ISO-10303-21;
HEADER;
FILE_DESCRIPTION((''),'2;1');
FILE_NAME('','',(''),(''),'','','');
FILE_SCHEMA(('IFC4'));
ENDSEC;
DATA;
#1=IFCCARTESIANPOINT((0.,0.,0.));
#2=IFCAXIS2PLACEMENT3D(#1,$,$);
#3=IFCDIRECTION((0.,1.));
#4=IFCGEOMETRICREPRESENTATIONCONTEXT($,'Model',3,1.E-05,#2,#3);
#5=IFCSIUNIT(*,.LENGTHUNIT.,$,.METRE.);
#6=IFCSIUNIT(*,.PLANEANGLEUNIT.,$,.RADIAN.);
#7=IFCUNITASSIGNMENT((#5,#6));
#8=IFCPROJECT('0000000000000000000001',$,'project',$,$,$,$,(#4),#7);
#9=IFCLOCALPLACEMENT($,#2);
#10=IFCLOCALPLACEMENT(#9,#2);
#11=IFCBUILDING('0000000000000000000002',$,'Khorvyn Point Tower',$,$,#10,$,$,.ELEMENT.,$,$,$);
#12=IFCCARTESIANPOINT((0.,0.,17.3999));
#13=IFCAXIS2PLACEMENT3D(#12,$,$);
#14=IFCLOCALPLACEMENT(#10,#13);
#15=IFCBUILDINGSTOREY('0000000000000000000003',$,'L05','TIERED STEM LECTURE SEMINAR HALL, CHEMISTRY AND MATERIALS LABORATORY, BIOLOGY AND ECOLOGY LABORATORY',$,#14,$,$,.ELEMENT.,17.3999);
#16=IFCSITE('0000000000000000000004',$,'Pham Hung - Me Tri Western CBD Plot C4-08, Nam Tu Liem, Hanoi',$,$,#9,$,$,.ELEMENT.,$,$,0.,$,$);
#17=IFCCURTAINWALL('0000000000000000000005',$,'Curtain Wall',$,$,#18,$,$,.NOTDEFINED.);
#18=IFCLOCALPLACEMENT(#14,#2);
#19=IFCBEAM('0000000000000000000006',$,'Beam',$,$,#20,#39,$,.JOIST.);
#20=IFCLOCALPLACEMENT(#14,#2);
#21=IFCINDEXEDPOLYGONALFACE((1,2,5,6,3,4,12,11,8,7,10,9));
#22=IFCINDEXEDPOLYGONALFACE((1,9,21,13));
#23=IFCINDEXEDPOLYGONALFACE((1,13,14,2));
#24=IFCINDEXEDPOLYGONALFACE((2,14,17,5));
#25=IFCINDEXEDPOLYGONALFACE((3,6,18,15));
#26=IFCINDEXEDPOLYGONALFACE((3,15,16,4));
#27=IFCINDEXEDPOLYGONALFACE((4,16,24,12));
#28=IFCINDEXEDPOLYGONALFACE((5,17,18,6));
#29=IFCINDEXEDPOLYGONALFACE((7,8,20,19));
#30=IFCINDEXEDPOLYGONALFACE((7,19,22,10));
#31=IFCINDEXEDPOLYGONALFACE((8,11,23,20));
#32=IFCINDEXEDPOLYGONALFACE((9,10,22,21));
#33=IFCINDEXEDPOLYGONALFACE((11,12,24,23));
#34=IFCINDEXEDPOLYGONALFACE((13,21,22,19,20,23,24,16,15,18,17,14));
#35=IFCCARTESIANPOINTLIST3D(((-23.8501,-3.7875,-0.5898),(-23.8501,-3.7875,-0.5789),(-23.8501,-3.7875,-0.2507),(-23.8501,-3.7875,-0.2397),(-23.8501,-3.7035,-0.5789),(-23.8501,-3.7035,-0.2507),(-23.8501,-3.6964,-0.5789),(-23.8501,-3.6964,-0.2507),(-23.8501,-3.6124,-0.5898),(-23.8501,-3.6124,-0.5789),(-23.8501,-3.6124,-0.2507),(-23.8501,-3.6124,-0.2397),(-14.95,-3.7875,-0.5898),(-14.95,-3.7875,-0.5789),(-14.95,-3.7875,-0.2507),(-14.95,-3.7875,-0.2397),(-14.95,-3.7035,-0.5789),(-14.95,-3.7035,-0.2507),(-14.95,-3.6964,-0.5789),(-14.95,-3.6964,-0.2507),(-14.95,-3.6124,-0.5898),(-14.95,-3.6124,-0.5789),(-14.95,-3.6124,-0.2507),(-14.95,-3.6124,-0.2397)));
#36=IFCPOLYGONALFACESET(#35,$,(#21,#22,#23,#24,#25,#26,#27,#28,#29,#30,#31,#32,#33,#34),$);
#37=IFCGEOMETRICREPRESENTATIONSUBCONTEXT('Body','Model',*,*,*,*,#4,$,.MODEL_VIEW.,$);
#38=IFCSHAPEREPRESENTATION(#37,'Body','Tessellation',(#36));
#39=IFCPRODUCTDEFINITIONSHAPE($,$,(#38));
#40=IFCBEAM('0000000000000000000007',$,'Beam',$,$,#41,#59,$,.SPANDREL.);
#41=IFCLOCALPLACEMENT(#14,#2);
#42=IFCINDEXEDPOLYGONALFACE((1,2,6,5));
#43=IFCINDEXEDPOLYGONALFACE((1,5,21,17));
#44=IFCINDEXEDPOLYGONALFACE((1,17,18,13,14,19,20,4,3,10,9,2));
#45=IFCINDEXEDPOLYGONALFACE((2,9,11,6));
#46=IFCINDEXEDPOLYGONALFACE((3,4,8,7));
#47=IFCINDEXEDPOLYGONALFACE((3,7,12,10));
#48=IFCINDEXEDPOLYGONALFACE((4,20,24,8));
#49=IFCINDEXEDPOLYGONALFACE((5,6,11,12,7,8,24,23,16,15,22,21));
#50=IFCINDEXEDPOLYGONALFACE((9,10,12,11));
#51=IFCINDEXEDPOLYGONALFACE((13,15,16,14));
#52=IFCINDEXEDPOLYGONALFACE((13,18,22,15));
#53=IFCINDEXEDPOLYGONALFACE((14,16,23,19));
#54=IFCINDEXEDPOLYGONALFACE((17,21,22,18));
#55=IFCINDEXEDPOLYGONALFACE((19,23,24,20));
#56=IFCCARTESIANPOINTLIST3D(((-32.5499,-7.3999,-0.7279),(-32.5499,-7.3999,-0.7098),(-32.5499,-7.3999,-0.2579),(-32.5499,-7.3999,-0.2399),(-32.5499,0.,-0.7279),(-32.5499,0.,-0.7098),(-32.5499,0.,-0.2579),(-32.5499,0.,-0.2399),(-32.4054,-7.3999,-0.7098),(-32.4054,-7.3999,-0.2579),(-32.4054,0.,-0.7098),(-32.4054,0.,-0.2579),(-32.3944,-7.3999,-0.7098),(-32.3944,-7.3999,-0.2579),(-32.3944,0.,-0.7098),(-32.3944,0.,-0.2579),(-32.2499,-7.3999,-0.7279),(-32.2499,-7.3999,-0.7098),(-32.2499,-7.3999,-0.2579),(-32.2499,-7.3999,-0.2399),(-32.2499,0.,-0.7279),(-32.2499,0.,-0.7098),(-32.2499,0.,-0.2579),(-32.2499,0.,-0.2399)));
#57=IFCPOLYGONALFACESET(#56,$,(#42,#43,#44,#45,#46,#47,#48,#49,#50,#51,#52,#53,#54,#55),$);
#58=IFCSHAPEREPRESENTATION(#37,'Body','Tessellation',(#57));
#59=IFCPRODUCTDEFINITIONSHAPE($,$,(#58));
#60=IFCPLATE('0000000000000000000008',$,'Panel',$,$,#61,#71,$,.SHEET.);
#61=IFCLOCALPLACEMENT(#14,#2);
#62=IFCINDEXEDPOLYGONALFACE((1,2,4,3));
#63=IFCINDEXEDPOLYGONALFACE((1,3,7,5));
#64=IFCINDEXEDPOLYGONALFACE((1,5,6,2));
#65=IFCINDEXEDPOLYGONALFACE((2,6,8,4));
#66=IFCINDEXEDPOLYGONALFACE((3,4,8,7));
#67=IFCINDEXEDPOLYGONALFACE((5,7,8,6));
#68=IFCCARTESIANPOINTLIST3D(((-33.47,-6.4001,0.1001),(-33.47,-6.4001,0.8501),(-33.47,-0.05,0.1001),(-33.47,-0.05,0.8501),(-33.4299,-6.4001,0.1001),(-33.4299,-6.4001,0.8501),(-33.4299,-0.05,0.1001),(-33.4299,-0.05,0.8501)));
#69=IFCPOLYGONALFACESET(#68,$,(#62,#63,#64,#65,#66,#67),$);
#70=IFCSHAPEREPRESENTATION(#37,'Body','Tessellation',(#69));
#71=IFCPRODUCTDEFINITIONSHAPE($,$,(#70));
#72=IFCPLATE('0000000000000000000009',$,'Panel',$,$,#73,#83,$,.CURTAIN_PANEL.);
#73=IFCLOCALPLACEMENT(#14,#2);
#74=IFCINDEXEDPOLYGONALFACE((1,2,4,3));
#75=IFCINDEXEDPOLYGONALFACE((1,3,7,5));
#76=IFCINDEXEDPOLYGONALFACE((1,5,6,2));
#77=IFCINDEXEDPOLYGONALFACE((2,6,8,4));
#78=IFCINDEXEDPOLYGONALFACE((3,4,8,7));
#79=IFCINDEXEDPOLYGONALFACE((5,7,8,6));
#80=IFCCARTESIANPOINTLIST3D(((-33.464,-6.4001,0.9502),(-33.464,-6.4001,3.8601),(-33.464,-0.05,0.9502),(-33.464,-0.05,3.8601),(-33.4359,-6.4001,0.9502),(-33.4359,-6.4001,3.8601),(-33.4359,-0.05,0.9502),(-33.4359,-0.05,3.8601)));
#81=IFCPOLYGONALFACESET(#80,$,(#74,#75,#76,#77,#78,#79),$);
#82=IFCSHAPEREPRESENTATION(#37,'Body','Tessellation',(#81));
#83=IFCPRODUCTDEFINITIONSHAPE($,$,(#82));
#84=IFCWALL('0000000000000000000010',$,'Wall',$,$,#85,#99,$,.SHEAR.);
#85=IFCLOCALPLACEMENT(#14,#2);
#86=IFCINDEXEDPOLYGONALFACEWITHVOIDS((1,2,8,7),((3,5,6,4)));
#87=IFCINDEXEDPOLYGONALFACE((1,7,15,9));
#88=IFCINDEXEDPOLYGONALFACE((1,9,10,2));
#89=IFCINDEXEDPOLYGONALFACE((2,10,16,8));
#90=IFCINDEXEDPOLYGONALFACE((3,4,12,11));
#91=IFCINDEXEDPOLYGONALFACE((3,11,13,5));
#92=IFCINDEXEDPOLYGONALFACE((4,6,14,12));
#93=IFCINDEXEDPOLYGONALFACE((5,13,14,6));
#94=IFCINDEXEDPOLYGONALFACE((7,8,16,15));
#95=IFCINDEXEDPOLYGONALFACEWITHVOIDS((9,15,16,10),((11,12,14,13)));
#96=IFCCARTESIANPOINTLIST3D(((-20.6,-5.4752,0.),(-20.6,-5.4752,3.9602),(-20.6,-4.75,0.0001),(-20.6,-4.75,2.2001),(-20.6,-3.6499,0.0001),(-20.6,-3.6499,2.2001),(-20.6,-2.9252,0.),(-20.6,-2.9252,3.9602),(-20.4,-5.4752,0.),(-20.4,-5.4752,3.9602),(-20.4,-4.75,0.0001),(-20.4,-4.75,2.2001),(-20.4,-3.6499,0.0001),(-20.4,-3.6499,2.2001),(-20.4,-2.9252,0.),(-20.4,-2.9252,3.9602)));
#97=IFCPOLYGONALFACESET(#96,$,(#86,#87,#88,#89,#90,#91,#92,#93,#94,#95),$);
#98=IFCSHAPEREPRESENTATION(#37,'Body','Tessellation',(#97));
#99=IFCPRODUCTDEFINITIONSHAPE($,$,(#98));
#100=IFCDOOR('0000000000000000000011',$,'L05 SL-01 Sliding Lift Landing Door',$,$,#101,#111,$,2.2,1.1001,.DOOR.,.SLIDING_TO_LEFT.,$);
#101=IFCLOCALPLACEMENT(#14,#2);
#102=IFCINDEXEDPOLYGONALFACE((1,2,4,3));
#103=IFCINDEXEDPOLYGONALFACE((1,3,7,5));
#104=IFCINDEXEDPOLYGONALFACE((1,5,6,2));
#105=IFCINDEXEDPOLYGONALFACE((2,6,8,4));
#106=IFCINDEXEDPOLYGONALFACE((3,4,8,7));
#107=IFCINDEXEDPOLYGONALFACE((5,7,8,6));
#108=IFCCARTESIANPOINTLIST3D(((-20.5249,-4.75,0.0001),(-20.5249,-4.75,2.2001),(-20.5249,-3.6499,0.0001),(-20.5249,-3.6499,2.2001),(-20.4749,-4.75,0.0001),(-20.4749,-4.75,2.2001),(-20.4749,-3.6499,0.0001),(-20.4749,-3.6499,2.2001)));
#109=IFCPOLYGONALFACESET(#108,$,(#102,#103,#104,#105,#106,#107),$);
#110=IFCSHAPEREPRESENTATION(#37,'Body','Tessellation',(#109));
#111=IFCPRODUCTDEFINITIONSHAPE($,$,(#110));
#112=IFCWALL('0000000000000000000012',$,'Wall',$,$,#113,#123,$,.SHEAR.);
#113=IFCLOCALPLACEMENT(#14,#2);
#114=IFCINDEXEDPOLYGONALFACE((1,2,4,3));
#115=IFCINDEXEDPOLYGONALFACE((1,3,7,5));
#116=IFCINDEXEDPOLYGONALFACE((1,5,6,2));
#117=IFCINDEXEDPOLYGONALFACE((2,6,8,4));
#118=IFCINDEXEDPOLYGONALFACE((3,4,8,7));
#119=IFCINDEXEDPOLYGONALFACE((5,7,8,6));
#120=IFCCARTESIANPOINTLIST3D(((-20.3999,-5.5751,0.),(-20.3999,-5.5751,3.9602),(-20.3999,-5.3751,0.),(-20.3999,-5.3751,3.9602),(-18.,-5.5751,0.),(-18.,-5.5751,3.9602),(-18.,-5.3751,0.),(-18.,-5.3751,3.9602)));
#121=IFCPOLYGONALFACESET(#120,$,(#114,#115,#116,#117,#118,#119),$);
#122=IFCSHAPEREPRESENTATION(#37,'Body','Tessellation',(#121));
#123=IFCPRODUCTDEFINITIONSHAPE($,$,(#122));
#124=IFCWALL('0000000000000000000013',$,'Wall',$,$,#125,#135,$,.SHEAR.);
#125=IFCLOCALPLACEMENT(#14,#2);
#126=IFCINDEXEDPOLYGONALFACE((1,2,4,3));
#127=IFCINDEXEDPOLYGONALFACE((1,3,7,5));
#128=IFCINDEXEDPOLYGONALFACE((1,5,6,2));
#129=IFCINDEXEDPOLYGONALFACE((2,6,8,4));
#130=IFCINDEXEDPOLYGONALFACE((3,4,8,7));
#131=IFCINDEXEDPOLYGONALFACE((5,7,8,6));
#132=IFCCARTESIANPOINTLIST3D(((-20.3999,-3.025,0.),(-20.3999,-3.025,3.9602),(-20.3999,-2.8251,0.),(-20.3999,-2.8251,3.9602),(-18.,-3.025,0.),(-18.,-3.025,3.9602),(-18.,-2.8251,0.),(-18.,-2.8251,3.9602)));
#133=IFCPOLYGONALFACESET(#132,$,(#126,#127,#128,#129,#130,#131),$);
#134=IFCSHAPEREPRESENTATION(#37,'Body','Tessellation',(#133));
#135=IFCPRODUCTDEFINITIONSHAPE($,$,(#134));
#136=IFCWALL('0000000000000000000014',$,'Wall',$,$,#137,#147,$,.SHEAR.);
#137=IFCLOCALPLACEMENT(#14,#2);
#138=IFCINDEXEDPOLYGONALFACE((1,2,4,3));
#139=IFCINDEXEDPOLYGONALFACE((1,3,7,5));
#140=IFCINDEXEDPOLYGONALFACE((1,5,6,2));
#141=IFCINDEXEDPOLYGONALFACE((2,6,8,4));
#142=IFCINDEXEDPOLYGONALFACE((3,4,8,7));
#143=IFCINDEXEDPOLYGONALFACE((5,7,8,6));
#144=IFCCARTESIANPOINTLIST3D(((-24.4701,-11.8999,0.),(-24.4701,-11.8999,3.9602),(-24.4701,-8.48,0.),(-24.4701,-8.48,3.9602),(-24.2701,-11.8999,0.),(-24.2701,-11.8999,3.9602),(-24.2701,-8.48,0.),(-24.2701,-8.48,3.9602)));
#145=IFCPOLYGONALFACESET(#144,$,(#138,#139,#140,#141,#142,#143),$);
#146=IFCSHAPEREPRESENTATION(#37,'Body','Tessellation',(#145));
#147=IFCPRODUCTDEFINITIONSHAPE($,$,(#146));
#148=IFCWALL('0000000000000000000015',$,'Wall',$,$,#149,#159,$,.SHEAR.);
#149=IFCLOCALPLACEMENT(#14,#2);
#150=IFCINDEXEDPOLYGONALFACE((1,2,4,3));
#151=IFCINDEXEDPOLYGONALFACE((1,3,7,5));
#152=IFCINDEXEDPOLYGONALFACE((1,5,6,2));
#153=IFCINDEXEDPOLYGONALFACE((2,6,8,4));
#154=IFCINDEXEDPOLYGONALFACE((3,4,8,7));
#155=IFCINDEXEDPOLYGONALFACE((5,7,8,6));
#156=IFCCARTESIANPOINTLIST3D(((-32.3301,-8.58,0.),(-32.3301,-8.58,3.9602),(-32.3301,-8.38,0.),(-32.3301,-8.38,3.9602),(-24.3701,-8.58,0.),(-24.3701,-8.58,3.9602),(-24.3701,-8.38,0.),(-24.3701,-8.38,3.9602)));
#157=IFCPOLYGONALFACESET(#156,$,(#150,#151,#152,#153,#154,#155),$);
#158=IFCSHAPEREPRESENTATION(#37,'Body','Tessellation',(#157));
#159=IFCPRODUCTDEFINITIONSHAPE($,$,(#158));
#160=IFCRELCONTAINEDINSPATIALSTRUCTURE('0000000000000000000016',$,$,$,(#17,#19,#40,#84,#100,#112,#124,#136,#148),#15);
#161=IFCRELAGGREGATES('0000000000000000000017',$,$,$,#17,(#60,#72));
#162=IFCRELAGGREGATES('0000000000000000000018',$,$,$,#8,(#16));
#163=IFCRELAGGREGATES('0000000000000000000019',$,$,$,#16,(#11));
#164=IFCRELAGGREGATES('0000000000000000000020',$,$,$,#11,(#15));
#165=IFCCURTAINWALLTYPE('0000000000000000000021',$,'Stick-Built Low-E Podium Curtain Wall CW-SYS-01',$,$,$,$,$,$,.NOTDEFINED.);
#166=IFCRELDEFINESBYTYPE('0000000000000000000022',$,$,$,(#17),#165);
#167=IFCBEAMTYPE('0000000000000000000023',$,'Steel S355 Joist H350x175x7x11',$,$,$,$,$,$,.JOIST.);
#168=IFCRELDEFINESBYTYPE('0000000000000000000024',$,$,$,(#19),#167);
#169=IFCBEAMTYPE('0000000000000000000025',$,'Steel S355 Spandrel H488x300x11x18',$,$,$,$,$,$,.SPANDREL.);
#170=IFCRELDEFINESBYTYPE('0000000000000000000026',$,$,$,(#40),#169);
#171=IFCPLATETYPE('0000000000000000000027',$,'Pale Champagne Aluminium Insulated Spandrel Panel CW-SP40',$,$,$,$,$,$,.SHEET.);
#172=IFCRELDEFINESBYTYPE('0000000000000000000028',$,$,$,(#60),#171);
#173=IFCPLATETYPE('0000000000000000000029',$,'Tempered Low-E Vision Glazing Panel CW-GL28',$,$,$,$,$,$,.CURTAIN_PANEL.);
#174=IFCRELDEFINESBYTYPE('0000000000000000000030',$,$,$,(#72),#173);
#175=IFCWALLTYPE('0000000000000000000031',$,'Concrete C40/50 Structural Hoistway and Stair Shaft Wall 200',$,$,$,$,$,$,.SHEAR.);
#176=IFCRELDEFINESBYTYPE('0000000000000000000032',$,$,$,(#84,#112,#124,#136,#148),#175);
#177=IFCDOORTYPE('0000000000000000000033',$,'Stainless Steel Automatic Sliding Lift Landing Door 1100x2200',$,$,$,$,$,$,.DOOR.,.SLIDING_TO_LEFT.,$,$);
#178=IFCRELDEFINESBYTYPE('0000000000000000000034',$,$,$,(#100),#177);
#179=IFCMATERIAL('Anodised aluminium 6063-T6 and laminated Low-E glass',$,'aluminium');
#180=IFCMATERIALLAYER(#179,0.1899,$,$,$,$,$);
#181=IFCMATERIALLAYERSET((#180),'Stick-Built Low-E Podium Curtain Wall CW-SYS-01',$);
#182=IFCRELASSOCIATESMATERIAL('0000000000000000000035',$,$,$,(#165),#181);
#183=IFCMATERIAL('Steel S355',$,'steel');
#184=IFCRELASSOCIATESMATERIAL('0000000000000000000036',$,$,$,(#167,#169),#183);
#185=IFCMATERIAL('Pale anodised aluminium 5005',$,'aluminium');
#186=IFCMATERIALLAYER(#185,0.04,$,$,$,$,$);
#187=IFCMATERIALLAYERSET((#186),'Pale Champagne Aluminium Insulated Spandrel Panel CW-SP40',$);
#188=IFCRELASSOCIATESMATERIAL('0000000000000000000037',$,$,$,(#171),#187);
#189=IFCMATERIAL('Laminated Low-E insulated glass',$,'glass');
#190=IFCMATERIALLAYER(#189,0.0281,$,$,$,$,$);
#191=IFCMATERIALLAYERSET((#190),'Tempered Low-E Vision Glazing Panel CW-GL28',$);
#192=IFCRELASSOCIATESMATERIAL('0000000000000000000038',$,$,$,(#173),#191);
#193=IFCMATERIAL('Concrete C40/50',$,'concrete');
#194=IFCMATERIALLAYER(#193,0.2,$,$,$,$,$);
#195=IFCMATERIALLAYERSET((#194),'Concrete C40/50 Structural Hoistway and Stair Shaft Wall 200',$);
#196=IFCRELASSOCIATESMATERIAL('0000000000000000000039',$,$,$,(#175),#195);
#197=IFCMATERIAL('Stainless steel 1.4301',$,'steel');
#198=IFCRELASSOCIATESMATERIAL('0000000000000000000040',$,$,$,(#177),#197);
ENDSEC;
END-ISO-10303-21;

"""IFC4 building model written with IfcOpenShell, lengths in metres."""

from ifc_helpers import new_model, si_unit, direction, frame, frame_2d, origin, origin_2d, place, context, subcontext, project, spatial, rectangle, i_section, extrude, material, layer, layer_set, material_profile, profile_set, type_object, element, fill, aggregate, save


model = new_model("IFC4")

# Units and contexts
model_context = context("Model", 3, precision=1e-05, world=origin(), true_north=direction((0.0, 1.0)))
body_context = subcontext(model_context, "Body", "Model", "MODEL_VIEW")
ifc_project = project(units=[si_unit("LENGTHUNIT", "METRE"), si_unit("PLANEANGLEUNIT", "RADIAN")], contexts=[model_context])

# Site, building, storey
site_placement = place(None, origin())
site = spatial("IfcSite", under=ifc_project, at=site_placement, Name="Pham Hung - Me Tri Western CBD Plot C4-08, Nam Tu Liem, Hanoi", CompositionType="ELEMENT", RefElevation=0.0)
building_placement = place(site_placement, origin())
building = spatial("IfcBuilding", under=site, at=building_placement, Name="Khorvyn Point Tower", CompositionType="ELEMENT")
storey_placement = place(building_placement, frame((0.0, 0.0, 17.3999)))
storey = spatial("IfcBuildingStorey", under=building, at=storey_placement, Name="L05", Description="TIERED STEM LECTURE SEMINAR HALL, CHEMISTRY AND MATERIALS LABORATORY, BIOLOGY AND ECOLOGY LABORATORY", CompositionType="ELEMENT", Elevation=17.3999)

# Shared definitions
ifc_material_1 = material(Name="Concrete C40/50", Category="concrete")

# Curtain wall
ifc_material_2 = material(Name="Anodised aluminium 6063-T6 and laminated Low-E glass", Category="aluminium")
ifc_layer_1 = layer(ifc_material_2, 0.1899)
ifc_layer_set_1 = layer_set([ifc_layer_1], Name="Stick-Built Low-E Podium Curtain Wall CW-SYS-01")
curtain_wall_type = type_object("IfcCurtainWallType", Name="Stick-Built Low-E Podium Curtain Wall CW-SYS-01", PredefinedType="NOTDEFINED", material=ifc_layer_set_1)
curtain_wall_placement = place(storey_placement, origin())
curtain_wall = element("IfcCurtainWall", 1, at=curtain_wall_placement, inside=storey, type_object=curtain_wall_type, Name="Curtain Wall", PredefinedType="NOTDEFINED")

# Beams
ifc_material_3 = material(Name="Steel S355", Category="steel")
ifc_material_profile_1 = material_profile(ifc_material_3, i_section(OverallWidth=0.175, OverallDepth=0.3501, WebThickness=0.0071, FlangeThickness=0.011, at=origin_2d()))
ifc_profile_set_1 = profile_set([ifc_material_profile_1], Name="Steel S355 H350x175x7x11")
beam_type_1 = type_object("IfcBeamType", Name="Steel S355 Joist H350x175x7x11", PredefinedType="JOIST", material=ifc_profile_set_1)
beam_1_placement = place(storey_placement, frame((-23.8501, -3.7, -0.4148), z_axis=(1.0, 0.0, 0.0), x_axis=(0.0, 1.0, 0.0)))
element("IfcBeam", 2, at=beam_1_placement, inside=storey, type_object=beam_type_1, Name="Beam", PredefinedType="JOIST", context=body_context, shape_type="SweptSolid", body=[
    extrude(i_section(OverallWidth=0.175, OverallDepth=0.3501, WebThickness=0.0071, FlangeThickness=0.011, at=origin_2d()), origin(), (0.0, 0.0, 1.0), 8.9001),
])
ifc_material_profile_2 = material_profile(ifc_material_3, i_section(OverallWidth=0.3, OverallDepth=0.488, WebThickness=0.011, FlangeThickness=0.0181, at=origin_2d()))
ifc_profile_set_2 = profile_set([ifc_material_profile_2], Name="Steel S355 H488x300x11x18")
beam_type_2 = type_object("IfcBeamType", Name="Steel S355 Spandrel H488x300x11x18", PredefinedType="SPANDREL", material=ifc_profile_set_2)
beam_2_placement = place(storey_placement, frame((-32.3999, -7.3999, -0.4839), z_axis=(0.0, 1.0, 0.0), x_axis=(-1.0, 0.0, 0.0)))
element("IfcBeam", 3, at=beam_2_placement, inside=storey, type_object=beam_type_2, Name="Beam", PredefinedType="SPANDREL", context=body_context, shape_type="SweptSolid", body=[
    extrude(i_section(OverallWidth=0.3, OverallDepth=0.488, WebThickness=0.011, FlangeThickness=0.0181, at=origin_2d()), origin(), (0.0, 0.0, 1.0), 7.3999),
])

# Plates
ifc_material_4 = material(Name="Pale anodised aluminium 5005", Category="aluminium")
ifc_layer_2 = layer(ifc_material_4, 0.04)
ifc_layer_set_2 = layer_set([ifc_layer_2], Name="Pale Champagne Aluminium Insulated Spandrel Panel CW-SP40")
plate_type_1 = type_object("IfcPlateType", Name="Pale Champagne Aluminium Insulated Spandrel Panel CW-SP40", PredefinedType="SHEET", material=ifc_layer_set_2)
plate_1_placement = place(storey_placement, frame((-33.45, -3.2251, 0.1001), z_axis=(0.0, 0.0, 1.0), x_axis=(0.0, 1.0, 0.0)))
plate_1 = element("IfcPlate", 4, at=plate_1_placement, type_object=plate_type_1, Name="Panel", PredefinedType="SHEET", context=body_context, shape_type="SweptSolid", body=[
    extrude(rectangle(XDim=6.3501, YDim=0.04, at=origin_2d()), origin(), (0.0, 0.0, 1.0), 0.75),
])
ifc_material_5 = material(Name="Laminated Low-E insulated glass", Category="glass")
ifc_layer_3 = layer(ifc_material_5, 0.0281)
ifc_layer_set_3 = layer_set([ifc_layer_3], Name="Tempered Low-E Vision Glazing Panel CW-GL28")
plate_type_2 = type_object("IfcPlateType", Name="Tempered Low-E Vision Glazing Panel CW-GL28", PredefinedType="CURTAIN_PANEL", material=ifc_layer_set_3)
plate_2_placement = place(storey_placement, frame((-33.45, -3.2251, 0.9502), z_axis=(0.0, 0.0, 1.0), x_axis=(0.0, 1.0, 0.0)))
plate_2 = element("IfcPlate", 5, at=plate_2_placement, type_object=plate_type_2, Name="Panel", PredefinedType="CURTAIN_PANEL", context=body_context, shape_type="SweptSolid", body=[
    extrude(rectangle(XDim=6.3501, YDim=0.0281, at=origin_2d()), origin(), (0.0, 0.0, 1.0), 2.9099),
])
aggregate(curtain_wall, [plate_1, plate_2])

# Wall, opening, door
ifc_layer_4 = layer(ifc_material_1, 0.2)
ifc_layer_set_4 = layer_set([ifc_layer_4], Name="Concrete C40/50 Structural Hoistway and Stair Shaft Wall 200")
wall_type_1 = type_object("IfcWallType", Name="Concrete C40/50 Structural Hoistway and Stair Shaft Wall 200", PredefinedType="SHEAR", material=ifc_layer_set_4)
wall_1_placement = place(storey_placement, frame((-20.5, -5.4751, 0.0), z_axis=(0.0, 0.0, 1.0), x_axis=(0.0, 1.0, 0.0)))
wall_1 = element("IfcWall", 6, at=wall_1_placement, inside=storey, type_object=wall_type_1, Name="Wall", PredefinedType="SHEAR", context=body_context, shape_type="SweptSolid", body=[
    extrude(rectangle(XDim=2.55, YDim=0.2, at=frame_2d((1.2749, 0.0))), origin(), (0.0, 0.0, 1.0), 3.9602),
])
opening_1_placement = place(wall_1_placement, frame((0.7251, 0.0, 0.0)))
opening_1 = element("IfcOpeningElement", 7, at=opening_1_placement, cuts=wall_1, PredefinedType="OPENING", context=body_context, shape_type="SweptSolid", body=[
    extrude(rectangle(XDim=1.1001, YDim=2.2, at=frame_2d((0.55, 1.1001))), frame((0.0, 0.1099, 0.0), z_axis=(0.0, -1.0, 0.0), x_axis=(1.0, 0.0, 0.0)), (0.0, 0.0, 1.0), 0.22),
])
ifc_material_6 = material(Name="Stainless steel 1.4301", Category="steel")
door_type_1 = type_object("IfcDoorType", Name="Stainless Steel Automatic Sliding Lift Landing Door 1100x2200", OperationType="SLIDING_TO_LEFT", PredefinedType="DOOR", material=ifc_material_6)
door_1_placement = place(opening_1_placement, origin())
door_1 = element("IfcDoor", 8, at=door_1_placement, inside=storey, type_object=door_type_1, Name="L05 SL-01 Sliding Lift Landing Door", OperationType="SLIDING_TO_LEFT", OverallHeight=2.2, OverallWidth=1.1001, PredefinedType="DOOR", context=body_context, shape_type="SweptSolid", body=[
    extrude(rectangle(XDim=1.1001, YDim=2.2, at=frame_2d((0.55, 1.1001))), frame((0.0, 0.0249, 0.0), z_axis=(0.0, -1.0, 0.0), x_axis=(1.0, 0.0, 0.0)), (0.0, 0.0, 1.0), 0.05),
])
fill(opening_1, door_1)

# Walls
for number, where, z_axis, x_axis, name in (
    (9, (-20.3999, -5.4751, 0.0), (0.0, 0.0, 1.0), (1.0, 0.0, 0.0), "Wall"),
    (10, (-20.3999, -2.925, 0.0), (0.0, 0.0, 1.0), (1.0, 0.0, 0.0), "Wall"),
):
    element("IfcWall", number, at=place(storey_placement, frame(where, z_axis=z_axis, x_axis=x_axis)), inside=storey, type_object=wall_type_1, Name=name, PredefinedType="SHEAR", context=body_context, shape_type="SweptSolid", body=[
        extrude(rectangle(XDim=2.3999, YDim=0.2, at=frame_2d((1.2, 0.0))), origin(), (0.0, 0.0, 1.0), 3.9602),
    ])
wall_2_placement = place(storey_placement, frame((-24.3701, -8.48, 0.0), z_axis=(0.0, 0.0, 1.0), x_axis=(0.0, -1.0, 0.0)))
element("IfcWall", 11, at=wall_2_placement, inside=storey, type_object=wall_type_1, Name="Wall", PredefinedType="SHEAR", context=body_context, shape_type="SweptSolid", body=[
    extrude(rectangle(XDim=3.4199, YDim=0.2, at=frame_2d((1.71, 0.0))), origin(), (0.0, 0.0, 1.0), 3.9602),
])
wall_3_placement = place(storey_placement, frame((-32.3301, -8.48, 0.0), z_axis=(0.0, 0.0, 1.0), x_axis=(1.0, 0.0, 0.0)))
element("IfcWall", 12, at=wall_3_placement, inside=storey, type_object=wall_type_1, Name="Wall", PredefinedType="SHEAR", context=body_context, shape_type="SweptSolid", body=[
    extrude(rectangle(XDim=7.96, YDim=0.2, at=frame_2d((3.98, 0.0))), origin(), (0.0, 0.0, 1.0), 3.9602),
])

save(model, "model.ifc")
